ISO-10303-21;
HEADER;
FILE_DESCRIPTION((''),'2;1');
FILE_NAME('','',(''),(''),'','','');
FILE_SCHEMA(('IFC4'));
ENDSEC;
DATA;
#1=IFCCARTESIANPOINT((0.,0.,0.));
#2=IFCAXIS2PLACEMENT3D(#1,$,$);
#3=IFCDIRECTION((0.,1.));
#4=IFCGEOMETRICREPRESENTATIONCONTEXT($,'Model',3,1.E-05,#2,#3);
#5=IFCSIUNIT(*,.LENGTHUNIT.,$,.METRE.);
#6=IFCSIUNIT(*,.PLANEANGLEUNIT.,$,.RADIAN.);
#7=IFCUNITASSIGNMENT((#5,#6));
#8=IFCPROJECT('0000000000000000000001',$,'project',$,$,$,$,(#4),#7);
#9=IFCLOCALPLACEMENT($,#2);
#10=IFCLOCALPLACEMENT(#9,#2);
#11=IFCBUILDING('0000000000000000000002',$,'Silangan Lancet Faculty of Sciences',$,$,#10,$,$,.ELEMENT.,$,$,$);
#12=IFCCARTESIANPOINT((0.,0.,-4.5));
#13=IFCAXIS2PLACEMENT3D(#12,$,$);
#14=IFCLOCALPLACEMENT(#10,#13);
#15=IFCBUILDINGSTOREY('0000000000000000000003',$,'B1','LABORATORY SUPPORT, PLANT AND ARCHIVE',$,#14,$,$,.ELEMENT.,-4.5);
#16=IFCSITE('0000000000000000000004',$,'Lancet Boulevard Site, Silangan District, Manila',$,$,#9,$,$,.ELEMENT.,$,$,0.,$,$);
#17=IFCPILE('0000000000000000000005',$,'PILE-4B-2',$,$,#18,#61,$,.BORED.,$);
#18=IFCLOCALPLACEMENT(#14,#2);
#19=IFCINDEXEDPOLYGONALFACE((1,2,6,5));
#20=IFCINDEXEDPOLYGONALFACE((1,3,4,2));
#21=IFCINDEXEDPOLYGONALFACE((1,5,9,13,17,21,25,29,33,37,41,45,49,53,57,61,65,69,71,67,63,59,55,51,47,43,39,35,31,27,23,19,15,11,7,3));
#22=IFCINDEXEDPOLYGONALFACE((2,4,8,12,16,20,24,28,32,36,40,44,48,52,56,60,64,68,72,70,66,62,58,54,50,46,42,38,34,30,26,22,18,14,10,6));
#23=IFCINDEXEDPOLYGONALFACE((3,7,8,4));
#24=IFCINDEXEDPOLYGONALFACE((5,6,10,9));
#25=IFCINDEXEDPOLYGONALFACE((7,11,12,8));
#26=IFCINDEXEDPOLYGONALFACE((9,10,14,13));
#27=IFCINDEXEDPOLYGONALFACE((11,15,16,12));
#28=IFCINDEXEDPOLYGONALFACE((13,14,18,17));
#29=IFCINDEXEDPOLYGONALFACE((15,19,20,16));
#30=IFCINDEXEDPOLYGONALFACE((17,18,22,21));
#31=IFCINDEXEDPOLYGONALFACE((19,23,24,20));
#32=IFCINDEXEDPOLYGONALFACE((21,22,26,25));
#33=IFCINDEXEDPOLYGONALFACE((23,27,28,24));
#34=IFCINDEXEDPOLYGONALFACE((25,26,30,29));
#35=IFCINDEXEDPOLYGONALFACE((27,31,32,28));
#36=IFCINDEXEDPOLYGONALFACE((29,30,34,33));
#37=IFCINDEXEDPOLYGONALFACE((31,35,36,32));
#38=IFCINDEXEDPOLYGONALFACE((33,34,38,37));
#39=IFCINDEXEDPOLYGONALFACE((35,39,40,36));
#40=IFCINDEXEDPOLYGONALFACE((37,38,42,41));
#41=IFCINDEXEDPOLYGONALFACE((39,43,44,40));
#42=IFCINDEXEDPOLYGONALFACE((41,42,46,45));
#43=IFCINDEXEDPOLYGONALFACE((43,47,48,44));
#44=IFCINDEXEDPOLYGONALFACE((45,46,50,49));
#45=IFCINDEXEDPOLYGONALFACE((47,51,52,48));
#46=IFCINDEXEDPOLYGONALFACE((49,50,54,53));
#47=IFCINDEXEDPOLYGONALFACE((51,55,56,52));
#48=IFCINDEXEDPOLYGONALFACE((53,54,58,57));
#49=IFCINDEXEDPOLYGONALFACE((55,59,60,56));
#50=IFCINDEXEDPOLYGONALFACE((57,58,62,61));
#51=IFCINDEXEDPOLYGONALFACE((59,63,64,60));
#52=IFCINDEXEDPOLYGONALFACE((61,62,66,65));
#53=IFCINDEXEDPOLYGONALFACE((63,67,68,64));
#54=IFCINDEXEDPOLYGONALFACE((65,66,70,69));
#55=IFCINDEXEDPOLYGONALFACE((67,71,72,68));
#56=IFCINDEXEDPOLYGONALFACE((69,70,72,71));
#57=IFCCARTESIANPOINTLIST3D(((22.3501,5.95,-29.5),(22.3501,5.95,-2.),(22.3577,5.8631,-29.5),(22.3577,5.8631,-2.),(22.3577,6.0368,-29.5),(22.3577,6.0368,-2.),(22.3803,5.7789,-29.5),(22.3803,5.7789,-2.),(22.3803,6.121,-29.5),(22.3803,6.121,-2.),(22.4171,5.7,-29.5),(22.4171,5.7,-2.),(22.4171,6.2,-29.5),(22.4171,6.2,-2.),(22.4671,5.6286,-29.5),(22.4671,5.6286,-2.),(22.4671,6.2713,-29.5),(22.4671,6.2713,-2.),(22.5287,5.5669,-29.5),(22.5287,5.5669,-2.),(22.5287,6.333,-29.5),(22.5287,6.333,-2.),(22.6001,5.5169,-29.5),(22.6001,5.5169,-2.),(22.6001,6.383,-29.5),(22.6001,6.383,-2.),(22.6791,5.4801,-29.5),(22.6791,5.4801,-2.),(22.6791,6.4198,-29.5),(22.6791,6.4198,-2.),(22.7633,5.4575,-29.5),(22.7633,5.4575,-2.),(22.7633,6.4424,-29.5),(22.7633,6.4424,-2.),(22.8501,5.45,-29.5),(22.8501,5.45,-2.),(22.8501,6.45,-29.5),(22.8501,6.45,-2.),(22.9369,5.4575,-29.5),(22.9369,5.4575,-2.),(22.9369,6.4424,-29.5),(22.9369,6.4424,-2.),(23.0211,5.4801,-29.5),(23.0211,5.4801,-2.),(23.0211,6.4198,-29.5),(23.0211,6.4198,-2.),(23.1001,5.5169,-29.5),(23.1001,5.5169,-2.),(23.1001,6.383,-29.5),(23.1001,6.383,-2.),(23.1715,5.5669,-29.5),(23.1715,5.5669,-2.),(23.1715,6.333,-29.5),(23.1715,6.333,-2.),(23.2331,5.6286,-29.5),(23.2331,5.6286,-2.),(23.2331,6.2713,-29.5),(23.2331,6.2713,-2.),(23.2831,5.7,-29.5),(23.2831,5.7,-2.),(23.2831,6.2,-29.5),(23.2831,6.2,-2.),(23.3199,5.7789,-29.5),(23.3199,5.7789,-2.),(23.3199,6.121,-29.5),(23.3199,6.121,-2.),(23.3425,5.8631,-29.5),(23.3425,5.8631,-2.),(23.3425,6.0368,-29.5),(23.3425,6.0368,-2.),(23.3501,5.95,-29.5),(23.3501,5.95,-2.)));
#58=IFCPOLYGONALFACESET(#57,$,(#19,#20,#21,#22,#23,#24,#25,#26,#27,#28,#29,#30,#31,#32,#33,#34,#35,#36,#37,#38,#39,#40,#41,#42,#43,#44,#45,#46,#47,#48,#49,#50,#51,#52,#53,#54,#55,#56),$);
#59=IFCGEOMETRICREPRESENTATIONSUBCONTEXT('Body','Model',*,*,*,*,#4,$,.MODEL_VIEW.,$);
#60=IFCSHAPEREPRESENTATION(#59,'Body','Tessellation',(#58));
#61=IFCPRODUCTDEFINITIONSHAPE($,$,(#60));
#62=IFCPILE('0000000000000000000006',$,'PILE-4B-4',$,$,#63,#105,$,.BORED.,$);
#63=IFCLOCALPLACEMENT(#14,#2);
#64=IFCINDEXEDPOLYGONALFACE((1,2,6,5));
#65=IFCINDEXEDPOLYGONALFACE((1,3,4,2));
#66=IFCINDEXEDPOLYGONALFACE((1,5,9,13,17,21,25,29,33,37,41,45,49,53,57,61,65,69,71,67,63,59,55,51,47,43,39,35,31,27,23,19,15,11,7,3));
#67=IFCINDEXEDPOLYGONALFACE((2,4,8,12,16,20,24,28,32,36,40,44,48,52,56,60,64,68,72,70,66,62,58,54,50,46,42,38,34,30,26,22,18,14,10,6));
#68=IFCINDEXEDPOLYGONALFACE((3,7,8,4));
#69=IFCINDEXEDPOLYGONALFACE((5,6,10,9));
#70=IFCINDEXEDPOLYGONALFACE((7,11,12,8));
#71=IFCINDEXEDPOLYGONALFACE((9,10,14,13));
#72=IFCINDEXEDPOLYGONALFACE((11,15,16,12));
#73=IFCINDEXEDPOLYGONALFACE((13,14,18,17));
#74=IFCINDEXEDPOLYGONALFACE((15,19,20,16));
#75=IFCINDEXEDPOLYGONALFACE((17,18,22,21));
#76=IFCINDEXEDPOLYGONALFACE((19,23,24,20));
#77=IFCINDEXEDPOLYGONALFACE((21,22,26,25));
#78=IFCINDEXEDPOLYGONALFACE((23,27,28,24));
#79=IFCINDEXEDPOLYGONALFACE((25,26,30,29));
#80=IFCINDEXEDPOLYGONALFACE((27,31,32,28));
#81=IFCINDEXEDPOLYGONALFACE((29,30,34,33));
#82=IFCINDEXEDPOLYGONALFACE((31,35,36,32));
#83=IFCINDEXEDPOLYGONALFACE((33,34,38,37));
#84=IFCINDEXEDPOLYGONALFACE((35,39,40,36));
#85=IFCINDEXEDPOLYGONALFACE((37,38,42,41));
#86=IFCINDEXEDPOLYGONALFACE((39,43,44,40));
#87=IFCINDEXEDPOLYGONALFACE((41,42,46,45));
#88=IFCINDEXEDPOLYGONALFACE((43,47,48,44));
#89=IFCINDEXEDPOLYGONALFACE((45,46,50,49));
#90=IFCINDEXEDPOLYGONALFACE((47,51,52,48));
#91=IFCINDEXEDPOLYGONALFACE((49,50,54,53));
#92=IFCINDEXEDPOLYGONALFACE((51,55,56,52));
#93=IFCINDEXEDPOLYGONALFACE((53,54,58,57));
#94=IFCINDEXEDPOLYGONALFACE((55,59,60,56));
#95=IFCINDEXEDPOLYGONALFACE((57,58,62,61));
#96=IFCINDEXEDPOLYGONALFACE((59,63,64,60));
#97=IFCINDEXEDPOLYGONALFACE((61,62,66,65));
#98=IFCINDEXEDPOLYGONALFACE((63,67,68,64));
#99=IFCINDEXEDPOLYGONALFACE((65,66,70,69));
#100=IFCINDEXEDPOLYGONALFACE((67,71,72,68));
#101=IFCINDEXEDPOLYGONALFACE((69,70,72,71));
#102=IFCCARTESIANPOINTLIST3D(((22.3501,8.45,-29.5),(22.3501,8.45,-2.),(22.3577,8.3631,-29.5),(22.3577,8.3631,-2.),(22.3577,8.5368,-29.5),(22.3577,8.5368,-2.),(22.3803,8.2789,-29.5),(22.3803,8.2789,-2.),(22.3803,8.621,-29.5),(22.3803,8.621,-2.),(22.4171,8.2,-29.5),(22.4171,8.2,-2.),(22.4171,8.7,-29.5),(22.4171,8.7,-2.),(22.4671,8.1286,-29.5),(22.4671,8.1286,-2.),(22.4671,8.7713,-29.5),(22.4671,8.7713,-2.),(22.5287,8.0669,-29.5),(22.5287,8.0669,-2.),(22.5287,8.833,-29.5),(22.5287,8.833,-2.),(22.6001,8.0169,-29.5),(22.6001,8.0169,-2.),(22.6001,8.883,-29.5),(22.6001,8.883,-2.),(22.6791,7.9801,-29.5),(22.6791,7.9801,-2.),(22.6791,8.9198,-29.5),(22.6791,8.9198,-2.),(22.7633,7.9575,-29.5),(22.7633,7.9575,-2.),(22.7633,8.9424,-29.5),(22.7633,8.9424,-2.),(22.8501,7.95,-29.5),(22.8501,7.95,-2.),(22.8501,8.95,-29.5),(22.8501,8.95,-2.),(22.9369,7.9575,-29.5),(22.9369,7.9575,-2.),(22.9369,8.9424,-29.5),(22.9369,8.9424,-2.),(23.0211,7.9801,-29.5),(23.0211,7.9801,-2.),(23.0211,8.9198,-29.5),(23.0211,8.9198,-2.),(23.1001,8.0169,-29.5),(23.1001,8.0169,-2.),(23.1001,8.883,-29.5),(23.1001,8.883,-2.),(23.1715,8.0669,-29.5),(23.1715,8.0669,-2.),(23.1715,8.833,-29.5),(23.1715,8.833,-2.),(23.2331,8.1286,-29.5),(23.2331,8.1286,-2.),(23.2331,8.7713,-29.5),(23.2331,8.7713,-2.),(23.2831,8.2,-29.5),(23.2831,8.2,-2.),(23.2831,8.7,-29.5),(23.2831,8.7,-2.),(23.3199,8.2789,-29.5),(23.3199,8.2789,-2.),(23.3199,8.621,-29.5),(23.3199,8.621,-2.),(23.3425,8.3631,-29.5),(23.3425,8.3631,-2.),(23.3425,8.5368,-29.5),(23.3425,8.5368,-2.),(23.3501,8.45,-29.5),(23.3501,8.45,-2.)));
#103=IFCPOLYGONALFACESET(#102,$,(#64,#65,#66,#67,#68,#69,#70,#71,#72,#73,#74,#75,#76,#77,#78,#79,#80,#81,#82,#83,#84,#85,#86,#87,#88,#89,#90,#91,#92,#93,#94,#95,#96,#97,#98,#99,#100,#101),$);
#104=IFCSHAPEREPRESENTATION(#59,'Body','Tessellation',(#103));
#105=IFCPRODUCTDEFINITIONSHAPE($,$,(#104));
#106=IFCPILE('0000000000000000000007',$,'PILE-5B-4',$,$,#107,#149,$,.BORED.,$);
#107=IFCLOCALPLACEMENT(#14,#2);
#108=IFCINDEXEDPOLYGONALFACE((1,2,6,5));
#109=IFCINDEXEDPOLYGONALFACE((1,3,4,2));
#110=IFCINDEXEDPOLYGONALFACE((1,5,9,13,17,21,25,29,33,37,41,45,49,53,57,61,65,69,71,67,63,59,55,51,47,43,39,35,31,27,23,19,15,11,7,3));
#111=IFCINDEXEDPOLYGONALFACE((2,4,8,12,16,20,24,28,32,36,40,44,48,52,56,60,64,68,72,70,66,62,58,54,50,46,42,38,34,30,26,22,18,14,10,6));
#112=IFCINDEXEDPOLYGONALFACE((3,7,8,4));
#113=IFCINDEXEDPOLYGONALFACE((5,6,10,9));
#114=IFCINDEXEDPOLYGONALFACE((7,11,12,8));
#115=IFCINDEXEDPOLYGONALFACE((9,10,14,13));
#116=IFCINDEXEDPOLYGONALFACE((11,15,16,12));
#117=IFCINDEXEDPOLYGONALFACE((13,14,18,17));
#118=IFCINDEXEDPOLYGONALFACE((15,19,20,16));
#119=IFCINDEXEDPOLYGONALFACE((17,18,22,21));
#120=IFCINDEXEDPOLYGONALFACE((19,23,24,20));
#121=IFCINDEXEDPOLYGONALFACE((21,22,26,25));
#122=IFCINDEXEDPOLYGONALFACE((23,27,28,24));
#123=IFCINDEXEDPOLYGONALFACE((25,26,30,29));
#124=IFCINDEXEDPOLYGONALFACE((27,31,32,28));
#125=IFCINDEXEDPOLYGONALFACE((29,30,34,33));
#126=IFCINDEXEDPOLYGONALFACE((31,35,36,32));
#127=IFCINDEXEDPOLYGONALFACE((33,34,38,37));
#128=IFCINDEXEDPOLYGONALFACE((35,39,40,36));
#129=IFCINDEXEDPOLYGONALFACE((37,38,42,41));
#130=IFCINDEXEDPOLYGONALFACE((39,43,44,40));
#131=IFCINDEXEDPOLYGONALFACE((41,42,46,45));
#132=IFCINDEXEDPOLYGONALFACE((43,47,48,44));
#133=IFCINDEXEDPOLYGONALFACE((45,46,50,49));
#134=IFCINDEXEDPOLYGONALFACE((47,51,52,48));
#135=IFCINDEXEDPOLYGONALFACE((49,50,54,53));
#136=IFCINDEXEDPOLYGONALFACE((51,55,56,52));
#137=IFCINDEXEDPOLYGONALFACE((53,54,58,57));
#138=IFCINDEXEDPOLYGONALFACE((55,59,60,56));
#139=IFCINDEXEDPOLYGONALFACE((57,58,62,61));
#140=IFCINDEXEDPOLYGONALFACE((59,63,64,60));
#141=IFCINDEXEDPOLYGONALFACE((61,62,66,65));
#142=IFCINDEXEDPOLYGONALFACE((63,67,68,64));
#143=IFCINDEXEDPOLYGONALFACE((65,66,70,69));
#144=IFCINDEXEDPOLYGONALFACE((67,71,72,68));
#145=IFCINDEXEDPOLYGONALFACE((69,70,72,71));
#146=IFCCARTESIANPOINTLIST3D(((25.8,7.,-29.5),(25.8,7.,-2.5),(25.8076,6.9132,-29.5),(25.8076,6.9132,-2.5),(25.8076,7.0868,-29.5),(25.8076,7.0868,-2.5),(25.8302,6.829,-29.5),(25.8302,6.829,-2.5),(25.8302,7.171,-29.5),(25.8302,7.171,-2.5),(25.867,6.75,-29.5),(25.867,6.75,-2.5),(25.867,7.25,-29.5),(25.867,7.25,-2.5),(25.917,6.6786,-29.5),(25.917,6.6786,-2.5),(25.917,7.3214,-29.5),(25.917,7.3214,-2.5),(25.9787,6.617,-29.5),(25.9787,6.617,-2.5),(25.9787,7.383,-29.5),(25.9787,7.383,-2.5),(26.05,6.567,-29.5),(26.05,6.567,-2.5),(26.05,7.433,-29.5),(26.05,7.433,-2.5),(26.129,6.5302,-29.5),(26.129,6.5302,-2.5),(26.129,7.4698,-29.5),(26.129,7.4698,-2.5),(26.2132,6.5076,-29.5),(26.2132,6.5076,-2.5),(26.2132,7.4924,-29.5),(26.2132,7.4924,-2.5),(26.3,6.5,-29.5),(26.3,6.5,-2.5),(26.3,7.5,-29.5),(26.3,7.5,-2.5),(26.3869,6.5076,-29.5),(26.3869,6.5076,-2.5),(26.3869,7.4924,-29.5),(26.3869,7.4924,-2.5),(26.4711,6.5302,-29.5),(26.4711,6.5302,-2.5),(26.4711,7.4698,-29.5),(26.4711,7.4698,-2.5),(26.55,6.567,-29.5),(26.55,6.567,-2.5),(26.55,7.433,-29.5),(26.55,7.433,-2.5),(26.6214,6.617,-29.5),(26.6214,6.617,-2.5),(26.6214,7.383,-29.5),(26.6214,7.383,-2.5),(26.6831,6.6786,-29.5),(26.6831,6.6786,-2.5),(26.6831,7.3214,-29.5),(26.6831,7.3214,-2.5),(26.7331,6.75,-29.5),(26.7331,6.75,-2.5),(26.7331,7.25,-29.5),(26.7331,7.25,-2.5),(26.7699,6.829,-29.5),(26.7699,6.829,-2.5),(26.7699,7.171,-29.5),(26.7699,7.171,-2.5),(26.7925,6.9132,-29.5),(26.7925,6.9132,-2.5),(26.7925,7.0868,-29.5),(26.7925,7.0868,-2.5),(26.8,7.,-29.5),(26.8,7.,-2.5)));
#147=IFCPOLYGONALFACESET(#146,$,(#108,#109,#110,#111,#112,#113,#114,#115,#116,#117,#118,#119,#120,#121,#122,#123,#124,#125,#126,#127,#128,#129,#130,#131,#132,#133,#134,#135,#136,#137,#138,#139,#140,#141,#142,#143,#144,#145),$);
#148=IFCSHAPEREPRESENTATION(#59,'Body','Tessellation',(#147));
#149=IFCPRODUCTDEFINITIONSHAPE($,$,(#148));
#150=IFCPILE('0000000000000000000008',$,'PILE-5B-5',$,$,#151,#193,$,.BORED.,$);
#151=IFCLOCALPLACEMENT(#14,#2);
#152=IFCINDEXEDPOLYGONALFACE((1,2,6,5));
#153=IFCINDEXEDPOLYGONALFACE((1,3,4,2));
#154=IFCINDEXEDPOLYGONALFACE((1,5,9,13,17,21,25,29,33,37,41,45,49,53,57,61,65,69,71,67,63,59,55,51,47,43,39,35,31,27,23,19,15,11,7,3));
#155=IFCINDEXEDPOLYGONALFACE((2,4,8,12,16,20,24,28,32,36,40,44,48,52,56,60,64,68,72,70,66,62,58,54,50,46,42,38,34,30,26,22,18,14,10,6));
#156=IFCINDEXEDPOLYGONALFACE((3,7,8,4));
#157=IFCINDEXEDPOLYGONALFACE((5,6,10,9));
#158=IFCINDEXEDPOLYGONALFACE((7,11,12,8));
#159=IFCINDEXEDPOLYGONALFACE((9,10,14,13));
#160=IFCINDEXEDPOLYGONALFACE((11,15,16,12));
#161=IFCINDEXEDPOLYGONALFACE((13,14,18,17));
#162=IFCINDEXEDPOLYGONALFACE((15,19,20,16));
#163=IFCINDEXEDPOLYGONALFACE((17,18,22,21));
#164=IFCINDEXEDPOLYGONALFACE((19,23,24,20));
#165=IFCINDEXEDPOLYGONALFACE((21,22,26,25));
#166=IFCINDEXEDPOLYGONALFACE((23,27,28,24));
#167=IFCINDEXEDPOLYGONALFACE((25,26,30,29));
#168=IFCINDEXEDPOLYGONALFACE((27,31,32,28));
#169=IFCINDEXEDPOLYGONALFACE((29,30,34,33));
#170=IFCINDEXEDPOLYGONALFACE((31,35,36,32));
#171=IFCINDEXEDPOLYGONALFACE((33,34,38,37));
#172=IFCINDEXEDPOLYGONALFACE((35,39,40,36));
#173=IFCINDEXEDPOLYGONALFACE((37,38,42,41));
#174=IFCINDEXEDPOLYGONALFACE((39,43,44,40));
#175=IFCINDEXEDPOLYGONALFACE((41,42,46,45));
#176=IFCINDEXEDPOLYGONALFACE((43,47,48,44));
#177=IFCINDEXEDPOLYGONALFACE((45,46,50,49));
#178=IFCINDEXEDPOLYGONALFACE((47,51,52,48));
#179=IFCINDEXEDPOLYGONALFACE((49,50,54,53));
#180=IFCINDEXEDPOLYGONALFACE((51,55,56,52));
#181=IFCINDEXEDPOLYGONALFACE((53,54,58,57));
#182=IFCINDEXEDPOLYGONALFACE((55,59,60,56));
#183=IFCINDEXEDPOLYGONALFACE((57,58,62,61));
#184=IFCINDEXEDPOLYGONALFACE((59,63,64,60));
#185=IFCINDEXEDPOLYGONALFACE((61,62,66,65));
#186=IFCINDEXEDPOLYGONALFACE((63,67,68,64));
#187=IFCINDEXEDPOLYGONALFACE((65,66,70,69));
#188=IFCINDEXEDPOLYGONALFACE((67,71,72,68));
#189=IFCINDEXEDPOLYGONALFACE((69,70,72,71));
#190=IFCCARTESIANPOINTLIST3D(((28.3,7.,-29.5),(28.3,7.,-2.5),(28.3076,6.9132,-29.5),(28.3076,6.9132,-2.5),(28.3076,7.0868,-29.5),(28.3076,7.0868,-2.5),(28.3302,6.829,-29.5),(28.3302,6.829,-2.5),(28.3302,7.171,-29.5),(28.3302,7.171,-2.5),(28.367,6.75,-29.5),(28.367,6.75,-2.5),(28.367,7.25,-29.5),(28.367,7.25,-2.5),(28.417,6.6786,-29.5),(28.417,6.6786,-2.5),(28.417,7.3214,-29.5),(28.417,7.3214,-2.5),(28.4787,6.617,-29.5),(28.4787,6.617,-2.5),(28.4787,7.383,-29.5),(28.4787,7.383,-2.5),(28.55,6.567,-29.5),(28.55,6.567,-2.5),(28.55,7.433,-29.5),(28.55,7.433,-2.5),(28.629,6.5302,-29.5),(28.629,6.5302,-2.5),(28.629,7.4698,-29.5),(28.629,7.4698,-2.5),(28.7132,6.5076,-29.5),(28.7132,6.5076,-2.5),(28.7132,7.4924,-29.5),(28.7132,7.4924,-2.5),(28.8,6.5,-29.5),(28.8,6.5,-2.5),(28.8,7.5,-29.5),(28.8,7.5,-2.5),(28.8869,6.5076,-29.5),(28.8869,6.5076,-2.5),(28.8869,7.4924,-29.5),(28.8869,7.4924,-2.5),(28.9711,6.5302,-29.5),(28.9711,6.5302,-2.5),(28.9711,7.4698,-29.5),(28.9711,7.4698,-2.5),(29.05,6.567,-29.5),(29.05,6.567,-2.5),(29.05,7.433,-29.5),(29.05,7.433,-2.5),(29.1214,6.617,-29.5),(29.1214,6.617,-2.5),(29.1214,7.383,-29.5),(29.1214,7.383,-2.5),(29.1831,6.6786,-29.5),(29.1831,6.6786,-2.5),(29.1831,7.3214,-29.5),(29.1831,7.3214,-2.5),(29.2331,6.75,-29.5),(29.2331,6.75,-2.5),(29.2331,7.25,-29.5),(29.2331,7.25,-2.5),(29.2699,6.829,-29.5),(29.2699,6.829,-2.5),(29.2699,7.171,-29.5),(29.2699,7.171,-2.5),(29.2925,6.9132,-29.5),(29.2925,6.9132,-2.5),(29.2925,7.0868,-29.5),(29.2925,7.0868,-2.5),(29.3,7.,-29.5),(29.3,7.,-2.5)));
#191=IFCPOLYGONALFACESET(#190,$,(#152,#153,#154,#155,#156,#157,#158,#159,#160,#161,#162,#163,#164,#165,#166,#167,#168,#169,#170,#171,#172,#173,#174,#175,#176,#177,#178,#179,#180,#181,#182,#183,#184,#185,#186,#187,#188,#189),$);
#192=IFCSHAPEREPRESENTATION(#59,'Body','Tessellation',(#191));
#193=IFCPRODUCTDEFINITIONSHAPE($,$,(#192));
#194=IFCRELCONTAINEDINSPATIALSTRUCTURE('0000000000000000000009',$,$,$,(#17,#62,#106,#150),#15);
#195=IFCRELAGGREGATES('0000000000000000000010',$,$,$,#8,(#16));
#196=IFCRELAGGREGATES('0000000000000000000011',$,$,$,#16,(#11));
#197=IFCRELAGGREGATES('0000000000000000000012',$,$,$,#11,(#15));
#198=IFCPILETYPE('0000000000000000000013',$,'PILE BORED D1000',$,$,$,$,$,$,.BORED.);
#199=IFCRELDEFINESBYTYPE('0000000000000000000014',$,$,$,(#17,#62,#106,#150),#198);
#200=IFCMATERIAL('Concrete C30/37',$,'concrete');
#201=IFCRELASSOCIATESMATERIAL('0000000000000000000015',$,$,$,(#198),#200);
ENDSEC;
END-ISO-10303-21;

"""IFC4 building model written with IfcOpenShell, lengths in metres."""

from ifc_helpers import new_model, si_unit, direction, frame, origin, origin_2d, place, context, subcontext, project, spatial, circle, extrude, material, material_profile, profile_set, type_object, element, save


model = new_model("IFC4")

# Units and contexts
model_context = context("Model", 3, precision=1e-05, world=origin(), true_north=direction((0.0, 1.0)))
body_context = subcontext(model_context, "Body", "Model", "MODEL_VIEW")
ifc_project = project(units=[si_unit("LENGTHUNIT", "METRE"), si_unit("PLANEANGLEUNIT", "RADIAN")], contexts=[model_context])

# Site, building, storey
site_placement = place(None, origin())
site = spatial("IfcSite", under=ifc_project, at=site_placement, Name="Lancet Boulevard Site, Silangan District, Manila", CompositionType="ELEMENT", RefElevation=0.0)
building_placement = place(site_placement, origin())
building = spatial("IfcBuilding", under=site, at=building_placement, Name="Silangan Lancet Faculty of Sciences", CompositionType="ELEMENT")
storey_placement = place(building_placement, frame((0.0, 0.0, -4.5)))
storey = spatial("IfcBuildingStorey", under=building, at=storey_placement, Name="B1", Description="LABORATORY SUPPORT, PLANT AND ARCHIVE", CompositionType="ELEMENT", Elevation=-4.5)

# Piles
ifc_material_1 = material(Name="Concrete C30/37", Category="concrete")
ifc_material_profile_1 = material_profile(ifc_material_1, circle(Radius=0.5, at=origin_2d()), Name="BORED PILE D1000")
ifc_profile_set_1 = profile_set([ifc_material_profile_1], Name="Concrete C30/37")
pile_type = type_object("IfcPileType", Name="PILE BORED D1000", PredefinedType="BORED", material=ifc_profile_set_1)
for number, where, z_axis, x_axis, name in (
    (1, (22.8501, 5.95, -2.0), (0.0, 0.0, -1.0), (1.0, 0.0, 0.0), "PILE-4B-2"),
    (2, (22.8501, 8.45, -2.0), (0.0, 0.0, -1.0), (1.0, 0.0, 0.0), "PILE-4B-4"),
):
    element("IfcPile", number, at=place(storey_placement, frame(where, z_axis=z_axis, x_axis=x_axis)), inside=storey, type_object=pile_type, Name=name, PredefinedType="BORED", context=body_context, shape_type="SweptSolid", body=[
        extrude(circle(Radius=0.5, at=origin_2d()), origin(), (0.0, 0.0, 1.0), 27.5),
    ])
for number, where, z_axis, x_axis, name in (
    (3, (26.3, 7.0, -2.5), (0.0, 0.0, -1.0), (1.0, 0.0, 0.0), "PILE-5B-4"),
    (4, (28.8, 7.0, -2.5), (0.0, 0.0, -1.0), (1.0, 0.0, 0.0), "PILE-5B-5"),
):
    element("IfcPile", number, at=place(storey_placement, frame(where, z_axis=z_axis, x_axis=x_axis)), inside=storey, type_object=pile_type, Name=name, PredefinedType="BORED", context=body_context, shape_type="SweptSolid", body=[
        extrude(circle(Radius=0.5, at=origin_2d()), origin(), (0.0, 0.0, 1.0), 27.0),
    ])

save(model, "model.ifc")
